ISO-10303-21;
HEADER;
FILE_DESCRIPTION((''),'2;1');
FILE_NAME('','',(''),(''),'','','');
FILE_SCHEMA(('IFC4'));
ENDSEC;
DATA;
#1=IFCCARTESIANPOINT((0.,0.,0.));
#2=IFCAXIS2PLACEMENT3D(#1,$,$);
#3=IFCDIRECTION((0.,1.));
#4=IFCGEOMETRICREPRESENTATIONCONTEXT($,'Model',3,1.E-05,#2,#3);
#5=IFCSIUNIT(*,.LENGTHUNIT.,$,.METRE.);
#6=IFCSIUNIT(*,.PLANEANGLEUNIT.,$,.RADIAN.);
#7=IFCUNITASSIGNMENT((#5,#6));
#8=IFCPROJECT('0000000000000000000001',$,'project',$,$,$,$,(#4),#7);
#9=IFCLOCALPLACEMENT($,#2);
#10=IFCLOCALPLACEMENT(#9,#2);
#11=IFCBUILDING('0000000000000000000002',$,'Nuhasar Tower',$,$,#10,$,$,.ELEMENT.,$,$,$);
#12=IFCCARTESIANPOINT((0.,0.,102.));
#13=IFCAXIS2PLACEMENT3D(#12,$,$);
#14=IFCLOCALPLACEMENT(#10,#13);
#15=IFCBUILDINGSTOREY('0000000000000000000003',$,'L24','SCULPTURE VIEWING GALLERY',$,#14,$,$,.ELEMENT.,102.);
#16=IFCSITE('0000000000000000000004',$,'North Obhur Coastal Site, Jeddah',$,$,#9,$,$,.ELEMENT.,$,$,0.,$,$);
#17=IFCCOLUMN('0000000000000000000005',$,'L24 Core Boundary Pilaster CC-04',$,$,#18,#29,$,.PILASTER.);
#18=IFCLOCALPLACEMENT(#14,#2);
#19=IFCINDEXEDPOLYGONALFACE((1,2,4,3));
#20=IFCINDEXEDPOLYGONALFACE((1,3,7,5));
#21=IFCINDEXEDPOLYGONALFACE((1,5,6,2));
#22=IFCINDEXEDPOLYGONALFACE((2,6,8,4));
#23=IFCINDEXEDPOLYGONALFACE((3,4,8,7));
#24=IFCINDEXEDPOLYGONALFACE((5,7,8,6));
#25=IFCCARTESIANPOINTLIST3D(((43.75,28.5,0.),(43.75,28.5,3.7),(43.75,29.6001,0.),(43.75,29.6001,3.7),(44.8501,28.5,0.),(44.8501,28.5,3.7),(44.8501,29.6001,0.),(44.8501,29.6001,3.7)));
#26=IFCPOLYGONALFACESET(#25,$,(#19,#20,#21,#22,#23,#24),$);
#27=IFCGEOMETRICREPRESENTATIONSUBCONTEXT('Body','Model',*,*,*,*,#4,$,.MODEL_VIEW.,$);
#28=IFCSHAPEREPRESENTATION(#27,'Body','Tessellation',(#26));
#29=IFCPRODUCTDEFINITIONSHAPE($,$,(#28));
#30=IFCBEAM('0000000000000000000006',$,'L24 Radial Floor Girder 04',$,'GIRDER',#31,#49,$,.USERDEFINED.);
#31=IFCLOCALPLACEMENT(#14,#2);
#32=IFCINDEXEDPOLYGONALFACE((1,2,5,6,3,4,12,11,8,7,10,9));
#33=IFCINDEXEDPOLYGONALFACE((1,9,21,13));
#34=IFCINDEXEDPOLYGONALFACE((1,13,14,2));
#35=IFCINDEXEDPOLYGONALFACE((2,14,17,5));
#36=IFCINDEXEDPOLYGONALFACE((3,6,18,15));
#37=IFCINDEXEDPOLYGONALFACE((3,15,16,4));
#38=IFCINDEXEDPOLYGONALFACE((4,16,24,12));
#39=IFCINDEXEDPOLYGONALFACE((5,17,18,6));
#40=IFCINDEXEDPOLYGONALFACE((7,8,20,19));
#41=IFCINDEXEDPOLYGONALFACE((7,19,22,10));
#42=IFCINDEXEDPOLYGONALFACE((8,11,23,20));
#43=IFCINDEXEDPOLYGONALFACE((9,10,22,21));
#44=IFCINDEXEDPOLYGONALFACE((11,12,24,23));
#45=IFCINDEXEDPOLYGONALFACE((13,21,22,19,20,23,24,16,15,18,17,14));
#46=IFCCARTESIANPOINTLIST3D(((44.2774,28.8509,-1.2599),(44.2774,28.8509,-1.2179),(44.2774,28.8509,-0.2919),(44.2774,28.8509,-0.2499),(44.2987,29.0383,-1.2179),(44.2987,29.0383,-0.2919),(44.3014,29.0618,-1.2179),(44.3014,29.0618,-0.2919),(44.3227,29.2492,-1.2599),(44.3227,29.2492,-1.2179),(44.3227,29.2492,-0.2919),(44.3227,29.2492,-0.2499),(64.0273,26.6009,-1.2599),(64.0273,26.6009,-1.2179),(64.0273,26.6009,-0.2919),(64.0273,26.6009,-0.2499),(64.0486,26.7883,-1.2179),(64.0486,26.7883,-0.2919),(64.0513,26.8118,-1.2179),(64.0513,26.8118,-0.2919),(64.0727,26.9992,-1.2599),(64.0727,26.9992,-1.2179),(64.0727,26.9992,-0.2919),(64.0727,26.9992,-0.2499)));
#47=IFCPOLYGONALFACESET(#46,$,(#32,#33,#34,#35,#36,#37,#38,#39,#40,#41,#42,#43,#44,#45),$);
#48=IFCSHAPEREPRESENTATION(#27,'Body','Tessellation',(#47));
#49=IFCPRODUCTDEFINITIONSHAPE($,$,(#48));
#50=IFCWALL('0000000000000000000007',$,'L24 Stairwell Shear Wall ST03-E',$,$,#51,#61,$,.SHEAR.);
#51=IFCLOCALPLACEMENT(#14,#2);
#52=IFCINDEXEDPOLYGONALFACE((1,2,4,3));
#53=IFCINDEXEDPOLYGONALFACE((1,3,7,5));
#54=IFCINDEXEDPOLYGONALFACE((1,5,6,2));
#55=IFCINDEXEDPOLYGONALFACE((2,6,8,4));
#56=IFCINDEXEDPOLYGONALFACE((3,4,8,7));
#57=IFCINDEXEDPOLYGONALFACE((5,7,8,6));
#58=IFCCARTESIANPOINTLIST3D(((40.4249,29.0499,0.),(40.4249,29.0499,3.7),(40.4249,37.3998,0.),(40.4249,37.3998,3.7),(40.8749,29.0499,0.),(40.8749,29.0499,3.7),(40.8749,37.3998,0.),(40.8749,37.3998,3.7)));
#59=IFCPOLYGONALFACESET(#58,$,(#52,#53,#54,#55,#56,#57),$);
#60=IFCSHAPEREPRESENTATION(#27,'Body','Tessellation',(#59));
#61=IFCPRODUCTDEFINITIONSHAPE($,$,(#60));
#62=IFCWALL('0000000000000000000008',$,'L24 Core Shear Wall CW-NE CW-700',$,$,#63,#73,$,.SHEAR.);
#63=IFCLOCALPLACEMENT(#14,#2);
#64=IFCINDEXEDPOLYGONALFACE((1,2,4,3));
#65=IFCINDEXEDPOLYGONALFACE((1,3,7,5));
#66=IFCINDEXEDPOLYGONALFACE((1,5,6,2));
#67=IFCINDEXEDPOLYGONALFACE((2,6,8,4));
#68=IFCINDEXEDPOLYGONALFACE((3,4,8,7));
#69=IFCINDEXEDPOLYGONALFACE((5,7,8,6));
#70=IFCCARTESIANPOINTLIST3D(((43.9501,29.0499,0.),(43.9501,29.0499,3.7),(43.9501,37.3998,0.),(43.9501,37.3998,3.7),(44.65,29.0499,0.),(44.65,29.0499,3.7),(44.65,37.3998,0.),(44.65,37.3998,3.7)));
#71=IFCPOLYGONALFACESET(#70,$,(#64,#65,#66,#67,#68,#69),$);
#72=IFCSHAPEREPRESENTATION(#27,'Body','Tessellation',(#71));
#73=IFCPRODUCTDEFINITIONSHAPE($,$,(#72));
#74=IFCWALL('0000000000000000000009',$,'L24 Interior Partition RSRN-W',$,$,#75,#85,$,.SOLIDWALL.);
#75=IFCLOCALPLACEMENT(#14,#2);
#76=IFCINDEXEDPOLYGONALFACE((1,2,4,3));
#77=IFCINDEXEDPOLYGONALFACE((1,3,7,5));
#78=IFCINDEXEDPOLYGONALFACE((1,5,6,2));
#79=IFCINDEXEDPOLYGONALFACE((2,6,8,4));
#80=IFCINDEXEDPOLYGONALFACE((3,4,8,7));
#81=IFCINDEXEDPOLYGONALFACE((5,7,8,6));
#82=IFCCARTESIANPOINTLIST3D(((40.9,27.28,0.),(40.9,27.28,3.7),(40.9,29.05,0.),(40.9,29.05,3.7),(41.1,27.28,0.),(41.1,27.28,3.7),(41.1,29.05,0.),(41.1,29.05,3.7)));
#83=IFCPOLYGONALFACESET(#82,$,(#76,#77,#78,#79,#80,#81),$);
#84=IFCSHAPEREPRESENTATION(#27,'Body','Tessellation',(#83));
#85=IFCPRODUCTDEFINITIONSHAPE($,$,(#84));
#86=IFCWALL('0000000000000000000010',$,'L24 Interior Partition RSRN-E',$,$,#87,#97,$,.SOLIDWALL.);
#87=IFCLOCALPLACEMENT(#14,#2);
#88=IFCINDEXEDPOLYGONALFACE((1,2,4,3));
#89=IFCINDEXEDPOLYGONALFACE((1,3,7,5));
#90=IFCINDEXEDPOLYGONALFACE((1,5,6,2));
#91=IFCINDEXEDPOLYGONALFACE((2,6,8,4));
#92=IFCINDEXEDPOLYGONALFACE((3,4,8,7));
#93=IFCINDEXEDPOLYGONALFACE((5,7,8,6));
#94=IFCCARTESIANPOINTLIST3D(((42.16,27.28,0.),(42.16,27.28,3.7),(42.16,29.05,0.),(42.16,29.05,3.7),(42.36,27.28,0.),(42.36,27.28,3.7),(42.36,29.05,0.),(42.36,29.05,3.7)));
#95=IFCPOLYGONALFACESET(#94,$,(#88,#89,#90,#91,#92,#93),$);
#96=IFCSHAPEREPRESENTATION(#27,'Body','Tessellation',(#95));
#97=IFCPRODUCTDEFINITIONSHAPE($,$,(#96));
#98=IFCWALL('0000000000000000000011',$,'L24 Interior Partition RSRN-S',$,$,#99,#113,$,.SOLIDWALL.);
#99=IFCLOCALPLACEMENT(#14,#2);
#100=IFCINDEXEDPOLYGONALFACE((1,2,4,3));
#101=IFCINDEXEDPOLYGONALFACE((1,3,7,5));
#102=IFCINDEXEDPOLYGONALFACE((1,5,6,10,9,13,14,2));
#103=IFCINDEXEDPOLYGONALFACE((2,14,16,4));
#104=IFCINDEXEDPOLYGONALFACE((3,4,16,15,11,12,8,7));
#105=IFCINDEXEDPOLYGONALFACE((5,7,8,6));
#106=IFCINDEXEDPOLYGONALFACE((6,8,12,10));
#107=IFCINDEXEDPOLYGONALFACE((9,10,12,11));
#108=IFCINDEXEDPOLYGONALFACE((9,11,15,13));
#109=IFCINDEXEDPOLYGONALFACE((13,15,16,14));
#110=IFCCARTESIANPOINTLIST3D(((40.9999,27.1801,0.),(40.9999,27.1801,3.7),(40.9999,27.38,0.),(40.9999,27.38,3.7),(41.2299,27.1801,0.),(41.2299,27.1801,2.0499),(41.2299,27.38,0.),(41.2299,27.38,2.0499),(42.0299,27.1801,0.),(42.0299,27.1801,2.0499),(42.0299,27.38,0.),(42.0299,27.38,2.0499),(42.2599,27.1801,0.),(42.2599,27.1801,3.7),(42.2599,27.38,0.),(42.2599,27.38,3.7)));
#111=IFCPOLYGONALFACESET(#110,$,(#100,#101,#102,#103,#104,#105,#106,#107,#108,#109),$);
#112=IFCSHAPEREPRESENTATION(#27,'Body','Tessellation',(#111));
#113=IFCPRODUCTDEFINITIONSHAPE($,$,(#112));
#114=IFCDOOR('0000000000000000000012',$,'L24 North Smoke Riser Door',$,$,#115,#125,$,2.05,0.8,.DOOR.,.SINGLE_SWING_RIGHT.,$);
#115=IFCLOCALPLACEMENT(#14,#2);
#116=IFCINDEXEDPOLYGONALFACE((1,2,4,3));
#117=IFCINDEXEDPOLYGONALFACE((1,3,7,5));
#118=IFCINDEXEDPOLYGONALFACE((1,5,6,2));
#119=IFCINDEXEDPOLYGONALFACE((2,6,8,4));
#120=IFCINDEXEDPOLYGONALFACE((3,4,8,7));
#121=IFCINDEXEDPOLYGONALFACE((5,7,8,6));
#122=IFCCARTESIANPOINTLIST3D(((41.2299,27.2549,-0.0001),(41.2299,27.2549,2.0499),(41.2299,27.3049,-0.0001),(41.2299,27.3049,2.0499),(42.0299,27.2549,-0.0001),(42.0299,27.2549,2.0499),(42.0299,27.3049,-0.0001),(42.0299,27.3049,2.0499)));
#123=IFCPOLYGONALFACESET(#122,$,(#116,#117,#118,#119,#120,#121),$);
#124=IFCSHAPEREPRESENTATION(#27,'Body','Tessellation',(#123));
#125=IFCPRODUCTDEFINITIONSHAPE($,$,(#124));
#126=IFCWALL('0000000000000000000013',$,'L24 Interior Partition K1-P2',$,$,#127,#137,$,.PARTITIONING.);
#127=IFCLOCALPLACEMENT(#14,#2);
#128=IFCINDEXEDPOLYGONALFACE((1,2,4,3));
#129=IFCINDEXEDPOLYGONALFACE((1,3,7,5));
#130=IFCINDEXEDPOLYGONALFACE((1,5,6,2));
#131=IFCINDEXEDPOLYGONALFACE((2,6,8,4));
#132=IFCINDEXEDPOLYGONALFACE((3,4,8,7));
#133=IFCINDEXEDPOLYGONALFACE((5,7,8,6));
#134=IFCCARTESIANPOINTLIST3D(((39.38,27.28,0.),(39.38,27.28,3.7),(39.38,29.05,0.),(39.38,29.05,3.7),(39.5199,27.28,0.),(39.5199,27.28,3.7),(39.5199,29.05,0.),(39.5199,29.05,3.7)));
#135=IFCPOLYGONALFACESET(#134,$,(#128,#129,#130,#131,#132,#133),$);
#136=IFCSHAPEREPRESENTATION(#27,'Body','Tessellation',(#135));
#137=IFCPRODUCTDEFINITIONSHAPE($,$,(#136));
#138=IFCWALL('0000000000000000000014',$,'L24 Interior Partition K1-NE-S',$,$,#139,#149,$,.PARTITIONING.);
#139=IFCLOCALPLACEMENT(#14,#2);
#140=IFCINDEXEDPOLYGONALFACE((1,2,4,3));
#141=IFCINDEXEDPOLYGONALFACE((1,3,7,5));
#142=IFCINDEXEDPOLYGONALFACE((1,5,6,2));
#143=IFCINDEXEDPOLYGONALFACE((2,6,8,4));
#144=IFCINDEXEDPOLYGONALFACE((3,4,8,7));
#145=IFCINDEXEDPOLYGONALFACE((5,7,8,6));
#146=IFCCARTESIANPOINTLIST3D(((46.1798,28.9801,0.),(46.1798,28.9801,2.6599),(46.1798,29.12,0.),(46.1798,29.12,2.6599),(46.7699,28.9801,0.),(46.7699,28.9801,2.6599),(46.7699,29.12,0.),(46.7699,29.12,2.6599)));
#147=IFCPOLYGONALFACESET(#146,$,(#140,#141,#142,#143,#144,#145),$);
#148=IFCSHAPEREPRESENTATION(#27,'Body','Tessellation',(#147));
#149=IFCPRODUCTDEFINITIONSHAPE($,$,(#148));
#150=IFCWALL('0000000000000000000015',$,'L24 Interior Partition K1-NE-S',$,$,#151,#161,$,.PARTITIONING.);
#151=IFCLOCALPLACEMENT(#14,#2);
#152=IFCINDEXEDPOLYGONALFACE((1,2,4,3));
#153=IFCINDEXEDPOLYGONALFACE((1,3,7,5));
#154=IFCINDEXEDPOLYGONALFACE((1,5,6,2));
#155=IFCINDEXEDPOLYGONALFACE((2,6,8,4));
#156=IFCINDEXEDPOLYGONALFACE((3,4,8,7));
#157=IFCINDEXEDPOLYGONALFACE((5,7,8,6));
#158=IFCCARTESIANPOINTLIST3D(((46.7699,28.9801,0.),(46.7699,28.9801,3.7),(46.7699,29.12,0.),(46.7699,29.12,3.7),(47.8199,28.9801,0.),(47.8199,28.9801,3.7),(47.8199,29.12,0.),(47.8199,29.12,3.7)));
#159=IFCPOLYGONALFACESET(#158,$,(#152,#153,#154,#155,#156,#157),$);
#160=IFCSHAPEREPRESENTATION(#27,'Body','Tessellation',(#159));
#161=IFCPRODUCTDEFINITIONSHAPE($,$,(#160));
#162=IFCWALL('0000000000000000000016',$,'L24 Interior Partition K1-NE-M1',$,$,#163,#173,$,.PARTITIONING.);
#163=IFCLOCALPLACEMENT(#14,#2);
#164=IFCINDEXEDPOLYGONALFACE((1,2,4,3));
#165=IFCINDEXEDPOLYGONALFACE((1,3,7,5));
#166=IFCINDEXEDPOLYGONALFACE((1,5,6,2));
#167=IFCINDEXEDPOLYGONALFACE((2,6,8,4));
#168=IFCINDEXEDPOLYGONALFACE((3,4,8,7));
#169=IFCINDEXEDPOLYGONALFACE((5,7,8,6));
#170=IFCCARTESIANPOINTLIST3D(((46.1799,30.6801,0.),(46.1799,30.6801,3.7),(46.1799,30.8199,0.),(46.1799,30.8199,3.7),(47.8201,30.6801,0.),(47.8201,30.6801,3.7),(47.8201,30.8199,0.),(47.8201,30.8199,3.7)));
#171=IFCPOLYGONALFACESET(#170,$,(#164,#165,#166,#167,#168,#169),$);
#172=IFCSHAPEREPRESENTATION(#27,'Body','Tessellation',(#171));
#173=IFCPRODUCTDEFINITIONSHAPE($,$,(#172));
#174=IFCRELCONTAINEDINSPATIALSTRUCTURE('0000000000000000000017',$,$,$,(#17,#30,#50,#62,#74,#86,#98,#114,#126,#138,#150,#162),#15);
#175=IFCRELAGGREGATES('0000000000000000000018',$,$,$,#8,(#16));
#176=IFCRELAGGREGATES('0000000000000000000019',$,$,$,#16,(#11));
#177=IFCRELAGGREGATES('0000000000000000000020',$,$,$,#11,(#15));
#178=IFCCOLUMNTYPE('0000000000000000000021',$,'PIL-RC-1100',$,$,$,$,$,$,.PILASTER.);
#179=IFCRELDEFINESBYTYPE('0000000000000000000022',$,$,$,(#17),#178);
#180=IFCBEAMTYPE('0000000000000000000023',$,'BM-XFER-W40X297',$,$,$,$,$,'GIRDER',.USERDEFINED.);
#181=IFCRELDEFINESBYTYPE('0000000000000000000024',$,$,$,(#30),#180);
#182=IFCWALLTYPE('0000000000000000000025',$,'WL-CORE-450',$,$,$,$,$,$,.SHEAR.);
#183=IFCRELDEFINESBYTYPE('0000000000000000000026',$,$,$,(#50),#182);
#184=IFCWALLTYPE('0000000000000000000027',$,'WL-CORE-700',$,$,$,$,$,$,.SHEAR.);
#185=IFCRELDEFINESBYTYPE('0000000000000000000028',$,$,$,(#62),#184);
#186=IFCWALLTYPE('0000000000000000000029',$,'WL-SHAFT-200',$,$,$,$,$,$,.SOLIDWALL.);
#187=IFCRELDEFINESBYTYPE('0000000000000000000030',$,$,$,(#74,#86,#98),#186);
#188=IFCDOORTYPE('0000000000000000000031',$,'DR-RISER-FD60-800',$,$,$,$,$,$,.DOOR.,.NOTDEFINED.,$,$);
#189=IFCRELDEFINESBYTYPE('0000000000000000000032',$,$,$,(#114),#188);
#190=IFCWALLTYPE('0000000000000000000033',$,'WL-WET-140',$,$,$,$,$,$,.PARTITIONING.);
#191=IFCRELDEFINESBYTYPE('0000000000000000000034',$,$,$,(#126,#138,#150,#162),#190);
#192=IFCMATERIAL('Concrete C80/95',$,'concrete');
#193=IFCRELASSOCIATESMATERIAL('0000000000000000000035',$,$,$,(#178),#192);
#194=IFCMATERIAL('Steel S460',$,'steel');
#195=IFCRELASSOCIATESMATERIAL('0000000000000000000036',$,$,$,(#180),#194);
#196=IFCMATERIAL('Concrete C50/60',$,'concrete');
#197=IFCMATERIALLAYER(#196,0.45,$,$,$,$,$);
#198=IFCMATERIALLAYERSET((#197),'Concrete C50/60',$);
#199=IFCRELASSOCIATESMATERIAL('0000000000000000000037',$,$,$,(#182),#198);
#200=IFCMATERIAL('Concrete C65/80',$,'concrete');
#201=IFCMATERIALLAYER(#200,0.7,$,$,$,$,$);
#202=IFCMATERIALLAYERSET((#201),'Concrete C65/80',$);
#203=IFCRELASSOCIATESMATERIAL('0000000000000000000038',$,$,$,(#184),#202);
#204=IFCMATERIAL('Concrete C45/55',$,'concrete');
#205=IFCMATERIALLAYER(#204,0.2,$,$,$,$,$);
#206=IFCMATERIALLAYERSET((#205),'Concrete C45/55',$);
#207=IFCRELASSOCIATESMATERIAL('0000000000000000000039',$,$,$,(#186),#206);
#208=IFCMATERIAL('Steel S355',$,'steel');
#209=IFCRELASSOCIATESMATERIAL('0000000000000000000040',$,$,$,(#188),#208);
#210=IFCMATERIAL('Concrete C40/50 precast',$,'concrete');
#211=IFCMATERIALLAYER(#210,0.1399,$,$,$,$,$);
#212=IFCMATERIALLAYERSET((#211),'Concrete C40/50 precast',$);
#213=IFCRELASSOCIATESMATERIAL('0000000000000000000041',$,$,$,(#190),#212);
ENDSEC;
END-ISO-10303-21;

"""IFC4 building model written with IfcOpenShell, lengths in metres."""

from ifc_helpers import new_model, si_unit, direction, frame, frame_2d, origin, origin_2d, place, context, subcontext, project, spatial, rectangle, i_section, extrude, material, layer, layer_set, material_profile, profile_set, type_object, element, fill, save


model = new_model("IFC4")

# Units and contexts
model_context = context("Model", 3, precision=1e-05, world=origin(), true_north=direction((0.0, 1.0)))
body_context = subcontext(model_context, "Body", "Model", "MODEL_VIEW")
ifc_project = project(units=[si_unit("LENGTHUNIT", "METRE"), si_unit("PLANEANGLEUNIT", "RADIAN")], contexts=[model_context])

# Site, building, storey
site_placement = place(None, origin())
site = spatial("IfcSite", under=ifc_project, at=site_placement, Name="North Obhur Coastal Site, Jeddah", CompositionType="ELEMENT", RefElevation=0.0)
building_placement = place(site_placement, origin())
building = spatial("IfcBuilding", under=site, at=building_placement, Name="Nuhasar Tower", CompositionType="ELEMENT")
storey_placement = place(building_placement, frame((0.0, 0.0, 102.0)))
storey = spatial("IfcBuildingStorey", under=building, at=storey_placement, Name="L24", Description="SCULPTURE VIEWING GALLERY", CompositionType="ELEMENT", Elevation=102.0)

# Column
ifc_material_1 = material(Name="Concrete C80/95", Category="concrete")
ifc_material_profile_1 = material_profile(ifc_material_1, rectangle(XDim=1.1001, YDim=1.1001, at=origin_2d()), Name="RC1100X1100")
ifc_profile_set_1 = profile_set([ifc_material_profile_1], Name="Concrete C80/95")
column_type = type_object("IfcColumnType", Name="PIL-RC-1100", PredefinedType="PILASTER", material=ifc_profile_set_1)
column_placement = place(storey_placement, frame((44.3, 29.05, 0.0), z_axis=(0.0, 0.0, 1.0), x_axis=(1.0, 0.0, 0.0)))
element("IfcColumn", 1, at=column_placement, inside=storey, type_object=column_type, Name="L24 Core Boundary Pilaster CC-04", PredefinedType="PILASTER", context=body_context, shape_type="SweptSolid", body=[
    extrude(rectangle(XDim=1.1001, YDim=1.1001, at=origin_2d()), origin(), (0.0, 0.0, 1.0), 3.7),
])

# Beam
ifc_material_2 = material(Name="Steel S460", Category="steel")
ifc_material_profile_2 = material_profile(ifc_material_2, i_section(OverallWidth=0.4009, OverallDepth=1.01, WebThickness=0.0237, FlangeThickness=0.042, at=origin_2d()), Name="W40X297")
ifc_profile_set_2 = profile_set([ifc_material_profile_2], Name="Steel S460")
beam_type = type_object("IfcBeamType", Name="BM-XFER-W40X297", ElementType="GIRDER", PredefinedType="USERDEFINED", material=ifc_profile_set_2)
beam_placement = place(storey_placement, frame((44.3, 29.05, -0.7549), z_axis=(0.993573, -0.113192, 0.0), x_axis=(0.113192, 0.993573, 0.0)))
element("IfcBeam", 2, at=beam_placement, inside=storey, type_object=beam_type, Name="L24 Radial Floor Girder 04", ObjectType="GIRDER", PredefinedType="USERDEFINED", context=body_context, shape_type="SweptSolid", body=[
    extrude(i_section(OverallWidth=0.4009, OverallDepth=1.01, WebThickness=0.0237, FlangeThickness=0.042, at=origin_2d()), origin(), (0.0, 0.0, 1.0), 19.8777),
])

# Walls
ifc_material_3 = material(Name="Concrete C50/60", Category="concrete")
ifc_layer_1 = layer(ifc_material_3, 0.45)
ifc_layer_set_1 = layer_set([ifc_layer_1], Name="Concrete C50/60")
wall_type_1 = type_object("IfcWallType", Name="WL-CORE-450", PredefinedType="SHEAR", material=ifc_layer_set_1)
wall_1_placement = place(storey_placement, frame((40.6499, 29.05, 0.0), z_axis=(0.0, 0.0, 1.0), x_axis=(0.0, 1.0, 0.0)))
element("IfcWall", 3, at=wall_1_placement, inside=storey, type_object=wall_type_1, Name="L24 Stairwell Shear Wall ST03-E", PredefinedType="SHEAR", context=body_context, shape_type="SweptSolid", body=[
    extrude(rectangle(XDim=8.3499, YDim=0.45, at=frame_2d((4.1748, 0.0))), origin(), (0.0, 0.0, 1.0), 3.7),
])
ifc_material_4 = material(Name="Concrete C65/80", Category="concrete")
ifc_layer_2 = layer(ifc_material_4, 0.7)
ifc_layer_set_2 = layer_set([ifc_layer_2], Name="Concrete C65/80")
wall_type_2 = type_object("IfcWallType", Name="WL-CORE-700", PredefinedType="SHEAR", material=ifc_layer_set_2)
wall_2_placement = place(storey_placement, frame((44.3, 29.05, 0.0), z_axis=(0.0, 0.0, 1.0), x_axis=(0.0, 1.0, 0.0)))
element("IfcWall", 4, at=wall_2_placement, inside=storey, type_object=wall_type_2, Name="L24 Core Shear Wall CW-NE CW-700", PredefinedType="SHEAR", context=body_context, shape_type="SweptSolid", body=[
    extrude(rectangle(XDim=8.3499, YDim=0.7, at=frame_2d((4.1748, 0.0))), origin(), (0.0, 0.0, 1.0), 3.7),
])
ifc_material_5 = material(Name="Concrete C45/55", Category="concrete")
ifc_layer_3 = layer(ifc_material_5, 0.2)
ifc_layer_set_3 = layer_set([ifc_layer_3], Name="Concrete C45/55")
wall_type_3 = type_object("IfcWallType", Name="WL-SHAFT-200", PredefinedType="SOLIDWALL", material=ifc_layer_set_3)
for number, where, z_axis, x_axis, name in (
    (5, (41.0, 27.28, 0.0), (0.0, 0.0, 1.0), (0.0, 1.0, 0.0), "L24 Interior Partition RSRN-W"),
    (6, (42.26, 27.28, 0.0), (0.0, 0.0, 1.0), (0.0, 1.0, 0.0), "L24 Interior Partition RSRN-E"),
):
    element("IfcWall", number, at=place(storey_placement, frame(where, z_axis=z_axis, x_axis=x_axis)), inside=storey, type_object=wall_type_3, Name=name, PredefinedType="SOLIDWALL", context=body_context, shape_type="SweptSolid", body=[
        extrude(rectangle(XDim=1.77, YDim=0.2, at=frame_2d((0.885, 0.0))), origin(), (0.0, 0.0, 1.0), 3.7),
    ])

# Wall, opening, door
wall_3_placement = place(storey_placement, frame((41.0, 27.28, 0.0), z_axis=(0.0, 0.0, 1.0), x_axis=(1.0, 0.0, 0.0)))
wall_3 = element("IfcWall", 7, at=wall_3_placement, inside=storey, type_object=wall_type_3, Name="L24 Interior Partition RSRN-S", PredefinedType="SOLIDWALL", context=body_context, shape_type="SweptSolid", body=[
    extrude(rectangle(XDim=1.26, YDim=0.2, at=frame_2d((0.6299, 0.0))), origin(), (0.0, 0.0, 1.0), 3.7),
])
opening_placement = place(wall_3_placement, frame((0.23, 0.0, 0.0)))
opening = element("IfcOpeningElement", 8, at=opening_placement, cuts=wall_3, PredefinedType="OPENING", context=body_context, shape_type="SweptSolid", body=[
    extrude(rectangle(XDim=0.8, YDim=2.05, at=frame_2d((0.3999, 1.0249))), frame((0.0, 0.1099, 0.0), z_axis=(0.0, -1.0, 0.0), x_axis=(1.0, 0.0, 0.0)), (0.0, 0.0, 1.0), 0.22),
])
ifc_material_6 = material(Name="Steel S355", Category="steel")
door_type = type_object("IfcDoorType", Name="DR-RISER-FD60-800", OperationType="NOTDEFINED", PredefinedType="DOOR", material=ifc_material_6)
door_placement = place(opening_placement, origin())
door = element("IfcDoor", 9, at=door_placement, inside=storey, type_object=door_type, Name="L24 North Smoke Riser Door", OperationType="SINGLE_SWING_RIGHT", OverallHeight=2.05, OverallWidth=0.8, PredefinedType="DOOR", context=body_context, shape_type="SweptSolid", body=[
    extrude(rectangle(XDim=0.8, YDim=2.05, at=frame_2d((0.3999, 1.0249))), frame((0.0, 0.0249, 0.0), z_axis=(0.0, -1.0, 0.0), x_axis=(1.0, 0.0, 0.0)), (0.0, 0.0, 1.0), 0.05),
])
fill(opening, door)

# Walls
ifc_material_7 = material(Name="Concrete C40/50 precast", Category="concrete")
ifc_layer_4 = layer(ifc_material_7, 0.1399)
ifc_layer_set_4 = layer_set([ifc_layer_4], Name="Concrete C40/50 precast")
wall_type_4 = type_object("IfcWallType", Name="WL-WET-140", PredefinedType="PARTITIONING", material=ifc_layer_set_4)
wall_4_placement = place(storey_placement, frame((39.45, 27.28, 0.0), z_axis=(0.0, 0.0, 1.0), x_axis=(0.0, 1.0, 0.0)))
element("IfcWall", 10, at=wall_4_placement, inside=storey, type_object=wall_type_4, Name="L24 Interior Partition K1-P2", PredefinedType="PARTITIONING", context=body_context, shape_type="SweptSolid", body=[
    extrude(rectangle(XDim=1.77, YDim=0.1399, at=frame_2d((0.885, 0.0))), origin(), (0.0, 0.0, 1.0), 3.7),
])
wall_5_placement = place(storey_placement, frame((46.1799, 29.05, 0.0), z_axis=(0.0, 0.0, 1.0), x_axis=(1.0, 0.0, 0.0)))
element("IfcWall", 11, at=wall_5_placement, inside=storey, type_object=wall_type_4, Name="L24 Interior Partition K1-NE-S", PredefinedType="PARTITIONING", context=body_context, shape_type="SweptSolid", body=[
    extrude(rectangle(XDim=0.5901, YDim=0.1399, at=frame_2d((0.2949, 0.0))), origin(), (0.0, 0.0, 1.0), 2.6599),
])
wall_6_placement = place(storey_placement, frame((46.77, 29.05, 0.0), z_axis=(0.0, 0.0, 1.0), x_axis=(1.0, 0.0, 0.0)))
element("IfcWall", 12, at=wall_6_placement, inside=storey, type_object=wall_type_4, Name="L24 Interior Partition K1-NE-S", PredefinedType="PARTITIONING", context=body_context, shape_type="SweptSolid", body=[
    extrude(rectangle(XDim=1.05, YDim=0.1399, at=frame_2d((0.5249, 0.0))), origin(), (0.0, 0.0, 1.0), 3.7),
])
wall_7_placement = place(storey_placement, frame((46.1799, 30.75, 0.0), z_axis=(0.0, 0.0, 1.0), x_axis=(1.0, 0.0, 0.0)))
element("IfcWall", 13, at=wall_7_placement, inside=storey, type_object=wall_type_4, Name="L24 Interior Partition K1-NE-M1", PredefinedType="PARTITIONING", context=body_context, shape_type="SweptSolid", body=[
    extrude(rectangle(XDim=1.6401, YDim=0.1399, at=frame_2d((0.8201, 0.0))), origin(), (0.0, 0.0, 1.0), 3.7),
])

save(model, "model.ifc")
